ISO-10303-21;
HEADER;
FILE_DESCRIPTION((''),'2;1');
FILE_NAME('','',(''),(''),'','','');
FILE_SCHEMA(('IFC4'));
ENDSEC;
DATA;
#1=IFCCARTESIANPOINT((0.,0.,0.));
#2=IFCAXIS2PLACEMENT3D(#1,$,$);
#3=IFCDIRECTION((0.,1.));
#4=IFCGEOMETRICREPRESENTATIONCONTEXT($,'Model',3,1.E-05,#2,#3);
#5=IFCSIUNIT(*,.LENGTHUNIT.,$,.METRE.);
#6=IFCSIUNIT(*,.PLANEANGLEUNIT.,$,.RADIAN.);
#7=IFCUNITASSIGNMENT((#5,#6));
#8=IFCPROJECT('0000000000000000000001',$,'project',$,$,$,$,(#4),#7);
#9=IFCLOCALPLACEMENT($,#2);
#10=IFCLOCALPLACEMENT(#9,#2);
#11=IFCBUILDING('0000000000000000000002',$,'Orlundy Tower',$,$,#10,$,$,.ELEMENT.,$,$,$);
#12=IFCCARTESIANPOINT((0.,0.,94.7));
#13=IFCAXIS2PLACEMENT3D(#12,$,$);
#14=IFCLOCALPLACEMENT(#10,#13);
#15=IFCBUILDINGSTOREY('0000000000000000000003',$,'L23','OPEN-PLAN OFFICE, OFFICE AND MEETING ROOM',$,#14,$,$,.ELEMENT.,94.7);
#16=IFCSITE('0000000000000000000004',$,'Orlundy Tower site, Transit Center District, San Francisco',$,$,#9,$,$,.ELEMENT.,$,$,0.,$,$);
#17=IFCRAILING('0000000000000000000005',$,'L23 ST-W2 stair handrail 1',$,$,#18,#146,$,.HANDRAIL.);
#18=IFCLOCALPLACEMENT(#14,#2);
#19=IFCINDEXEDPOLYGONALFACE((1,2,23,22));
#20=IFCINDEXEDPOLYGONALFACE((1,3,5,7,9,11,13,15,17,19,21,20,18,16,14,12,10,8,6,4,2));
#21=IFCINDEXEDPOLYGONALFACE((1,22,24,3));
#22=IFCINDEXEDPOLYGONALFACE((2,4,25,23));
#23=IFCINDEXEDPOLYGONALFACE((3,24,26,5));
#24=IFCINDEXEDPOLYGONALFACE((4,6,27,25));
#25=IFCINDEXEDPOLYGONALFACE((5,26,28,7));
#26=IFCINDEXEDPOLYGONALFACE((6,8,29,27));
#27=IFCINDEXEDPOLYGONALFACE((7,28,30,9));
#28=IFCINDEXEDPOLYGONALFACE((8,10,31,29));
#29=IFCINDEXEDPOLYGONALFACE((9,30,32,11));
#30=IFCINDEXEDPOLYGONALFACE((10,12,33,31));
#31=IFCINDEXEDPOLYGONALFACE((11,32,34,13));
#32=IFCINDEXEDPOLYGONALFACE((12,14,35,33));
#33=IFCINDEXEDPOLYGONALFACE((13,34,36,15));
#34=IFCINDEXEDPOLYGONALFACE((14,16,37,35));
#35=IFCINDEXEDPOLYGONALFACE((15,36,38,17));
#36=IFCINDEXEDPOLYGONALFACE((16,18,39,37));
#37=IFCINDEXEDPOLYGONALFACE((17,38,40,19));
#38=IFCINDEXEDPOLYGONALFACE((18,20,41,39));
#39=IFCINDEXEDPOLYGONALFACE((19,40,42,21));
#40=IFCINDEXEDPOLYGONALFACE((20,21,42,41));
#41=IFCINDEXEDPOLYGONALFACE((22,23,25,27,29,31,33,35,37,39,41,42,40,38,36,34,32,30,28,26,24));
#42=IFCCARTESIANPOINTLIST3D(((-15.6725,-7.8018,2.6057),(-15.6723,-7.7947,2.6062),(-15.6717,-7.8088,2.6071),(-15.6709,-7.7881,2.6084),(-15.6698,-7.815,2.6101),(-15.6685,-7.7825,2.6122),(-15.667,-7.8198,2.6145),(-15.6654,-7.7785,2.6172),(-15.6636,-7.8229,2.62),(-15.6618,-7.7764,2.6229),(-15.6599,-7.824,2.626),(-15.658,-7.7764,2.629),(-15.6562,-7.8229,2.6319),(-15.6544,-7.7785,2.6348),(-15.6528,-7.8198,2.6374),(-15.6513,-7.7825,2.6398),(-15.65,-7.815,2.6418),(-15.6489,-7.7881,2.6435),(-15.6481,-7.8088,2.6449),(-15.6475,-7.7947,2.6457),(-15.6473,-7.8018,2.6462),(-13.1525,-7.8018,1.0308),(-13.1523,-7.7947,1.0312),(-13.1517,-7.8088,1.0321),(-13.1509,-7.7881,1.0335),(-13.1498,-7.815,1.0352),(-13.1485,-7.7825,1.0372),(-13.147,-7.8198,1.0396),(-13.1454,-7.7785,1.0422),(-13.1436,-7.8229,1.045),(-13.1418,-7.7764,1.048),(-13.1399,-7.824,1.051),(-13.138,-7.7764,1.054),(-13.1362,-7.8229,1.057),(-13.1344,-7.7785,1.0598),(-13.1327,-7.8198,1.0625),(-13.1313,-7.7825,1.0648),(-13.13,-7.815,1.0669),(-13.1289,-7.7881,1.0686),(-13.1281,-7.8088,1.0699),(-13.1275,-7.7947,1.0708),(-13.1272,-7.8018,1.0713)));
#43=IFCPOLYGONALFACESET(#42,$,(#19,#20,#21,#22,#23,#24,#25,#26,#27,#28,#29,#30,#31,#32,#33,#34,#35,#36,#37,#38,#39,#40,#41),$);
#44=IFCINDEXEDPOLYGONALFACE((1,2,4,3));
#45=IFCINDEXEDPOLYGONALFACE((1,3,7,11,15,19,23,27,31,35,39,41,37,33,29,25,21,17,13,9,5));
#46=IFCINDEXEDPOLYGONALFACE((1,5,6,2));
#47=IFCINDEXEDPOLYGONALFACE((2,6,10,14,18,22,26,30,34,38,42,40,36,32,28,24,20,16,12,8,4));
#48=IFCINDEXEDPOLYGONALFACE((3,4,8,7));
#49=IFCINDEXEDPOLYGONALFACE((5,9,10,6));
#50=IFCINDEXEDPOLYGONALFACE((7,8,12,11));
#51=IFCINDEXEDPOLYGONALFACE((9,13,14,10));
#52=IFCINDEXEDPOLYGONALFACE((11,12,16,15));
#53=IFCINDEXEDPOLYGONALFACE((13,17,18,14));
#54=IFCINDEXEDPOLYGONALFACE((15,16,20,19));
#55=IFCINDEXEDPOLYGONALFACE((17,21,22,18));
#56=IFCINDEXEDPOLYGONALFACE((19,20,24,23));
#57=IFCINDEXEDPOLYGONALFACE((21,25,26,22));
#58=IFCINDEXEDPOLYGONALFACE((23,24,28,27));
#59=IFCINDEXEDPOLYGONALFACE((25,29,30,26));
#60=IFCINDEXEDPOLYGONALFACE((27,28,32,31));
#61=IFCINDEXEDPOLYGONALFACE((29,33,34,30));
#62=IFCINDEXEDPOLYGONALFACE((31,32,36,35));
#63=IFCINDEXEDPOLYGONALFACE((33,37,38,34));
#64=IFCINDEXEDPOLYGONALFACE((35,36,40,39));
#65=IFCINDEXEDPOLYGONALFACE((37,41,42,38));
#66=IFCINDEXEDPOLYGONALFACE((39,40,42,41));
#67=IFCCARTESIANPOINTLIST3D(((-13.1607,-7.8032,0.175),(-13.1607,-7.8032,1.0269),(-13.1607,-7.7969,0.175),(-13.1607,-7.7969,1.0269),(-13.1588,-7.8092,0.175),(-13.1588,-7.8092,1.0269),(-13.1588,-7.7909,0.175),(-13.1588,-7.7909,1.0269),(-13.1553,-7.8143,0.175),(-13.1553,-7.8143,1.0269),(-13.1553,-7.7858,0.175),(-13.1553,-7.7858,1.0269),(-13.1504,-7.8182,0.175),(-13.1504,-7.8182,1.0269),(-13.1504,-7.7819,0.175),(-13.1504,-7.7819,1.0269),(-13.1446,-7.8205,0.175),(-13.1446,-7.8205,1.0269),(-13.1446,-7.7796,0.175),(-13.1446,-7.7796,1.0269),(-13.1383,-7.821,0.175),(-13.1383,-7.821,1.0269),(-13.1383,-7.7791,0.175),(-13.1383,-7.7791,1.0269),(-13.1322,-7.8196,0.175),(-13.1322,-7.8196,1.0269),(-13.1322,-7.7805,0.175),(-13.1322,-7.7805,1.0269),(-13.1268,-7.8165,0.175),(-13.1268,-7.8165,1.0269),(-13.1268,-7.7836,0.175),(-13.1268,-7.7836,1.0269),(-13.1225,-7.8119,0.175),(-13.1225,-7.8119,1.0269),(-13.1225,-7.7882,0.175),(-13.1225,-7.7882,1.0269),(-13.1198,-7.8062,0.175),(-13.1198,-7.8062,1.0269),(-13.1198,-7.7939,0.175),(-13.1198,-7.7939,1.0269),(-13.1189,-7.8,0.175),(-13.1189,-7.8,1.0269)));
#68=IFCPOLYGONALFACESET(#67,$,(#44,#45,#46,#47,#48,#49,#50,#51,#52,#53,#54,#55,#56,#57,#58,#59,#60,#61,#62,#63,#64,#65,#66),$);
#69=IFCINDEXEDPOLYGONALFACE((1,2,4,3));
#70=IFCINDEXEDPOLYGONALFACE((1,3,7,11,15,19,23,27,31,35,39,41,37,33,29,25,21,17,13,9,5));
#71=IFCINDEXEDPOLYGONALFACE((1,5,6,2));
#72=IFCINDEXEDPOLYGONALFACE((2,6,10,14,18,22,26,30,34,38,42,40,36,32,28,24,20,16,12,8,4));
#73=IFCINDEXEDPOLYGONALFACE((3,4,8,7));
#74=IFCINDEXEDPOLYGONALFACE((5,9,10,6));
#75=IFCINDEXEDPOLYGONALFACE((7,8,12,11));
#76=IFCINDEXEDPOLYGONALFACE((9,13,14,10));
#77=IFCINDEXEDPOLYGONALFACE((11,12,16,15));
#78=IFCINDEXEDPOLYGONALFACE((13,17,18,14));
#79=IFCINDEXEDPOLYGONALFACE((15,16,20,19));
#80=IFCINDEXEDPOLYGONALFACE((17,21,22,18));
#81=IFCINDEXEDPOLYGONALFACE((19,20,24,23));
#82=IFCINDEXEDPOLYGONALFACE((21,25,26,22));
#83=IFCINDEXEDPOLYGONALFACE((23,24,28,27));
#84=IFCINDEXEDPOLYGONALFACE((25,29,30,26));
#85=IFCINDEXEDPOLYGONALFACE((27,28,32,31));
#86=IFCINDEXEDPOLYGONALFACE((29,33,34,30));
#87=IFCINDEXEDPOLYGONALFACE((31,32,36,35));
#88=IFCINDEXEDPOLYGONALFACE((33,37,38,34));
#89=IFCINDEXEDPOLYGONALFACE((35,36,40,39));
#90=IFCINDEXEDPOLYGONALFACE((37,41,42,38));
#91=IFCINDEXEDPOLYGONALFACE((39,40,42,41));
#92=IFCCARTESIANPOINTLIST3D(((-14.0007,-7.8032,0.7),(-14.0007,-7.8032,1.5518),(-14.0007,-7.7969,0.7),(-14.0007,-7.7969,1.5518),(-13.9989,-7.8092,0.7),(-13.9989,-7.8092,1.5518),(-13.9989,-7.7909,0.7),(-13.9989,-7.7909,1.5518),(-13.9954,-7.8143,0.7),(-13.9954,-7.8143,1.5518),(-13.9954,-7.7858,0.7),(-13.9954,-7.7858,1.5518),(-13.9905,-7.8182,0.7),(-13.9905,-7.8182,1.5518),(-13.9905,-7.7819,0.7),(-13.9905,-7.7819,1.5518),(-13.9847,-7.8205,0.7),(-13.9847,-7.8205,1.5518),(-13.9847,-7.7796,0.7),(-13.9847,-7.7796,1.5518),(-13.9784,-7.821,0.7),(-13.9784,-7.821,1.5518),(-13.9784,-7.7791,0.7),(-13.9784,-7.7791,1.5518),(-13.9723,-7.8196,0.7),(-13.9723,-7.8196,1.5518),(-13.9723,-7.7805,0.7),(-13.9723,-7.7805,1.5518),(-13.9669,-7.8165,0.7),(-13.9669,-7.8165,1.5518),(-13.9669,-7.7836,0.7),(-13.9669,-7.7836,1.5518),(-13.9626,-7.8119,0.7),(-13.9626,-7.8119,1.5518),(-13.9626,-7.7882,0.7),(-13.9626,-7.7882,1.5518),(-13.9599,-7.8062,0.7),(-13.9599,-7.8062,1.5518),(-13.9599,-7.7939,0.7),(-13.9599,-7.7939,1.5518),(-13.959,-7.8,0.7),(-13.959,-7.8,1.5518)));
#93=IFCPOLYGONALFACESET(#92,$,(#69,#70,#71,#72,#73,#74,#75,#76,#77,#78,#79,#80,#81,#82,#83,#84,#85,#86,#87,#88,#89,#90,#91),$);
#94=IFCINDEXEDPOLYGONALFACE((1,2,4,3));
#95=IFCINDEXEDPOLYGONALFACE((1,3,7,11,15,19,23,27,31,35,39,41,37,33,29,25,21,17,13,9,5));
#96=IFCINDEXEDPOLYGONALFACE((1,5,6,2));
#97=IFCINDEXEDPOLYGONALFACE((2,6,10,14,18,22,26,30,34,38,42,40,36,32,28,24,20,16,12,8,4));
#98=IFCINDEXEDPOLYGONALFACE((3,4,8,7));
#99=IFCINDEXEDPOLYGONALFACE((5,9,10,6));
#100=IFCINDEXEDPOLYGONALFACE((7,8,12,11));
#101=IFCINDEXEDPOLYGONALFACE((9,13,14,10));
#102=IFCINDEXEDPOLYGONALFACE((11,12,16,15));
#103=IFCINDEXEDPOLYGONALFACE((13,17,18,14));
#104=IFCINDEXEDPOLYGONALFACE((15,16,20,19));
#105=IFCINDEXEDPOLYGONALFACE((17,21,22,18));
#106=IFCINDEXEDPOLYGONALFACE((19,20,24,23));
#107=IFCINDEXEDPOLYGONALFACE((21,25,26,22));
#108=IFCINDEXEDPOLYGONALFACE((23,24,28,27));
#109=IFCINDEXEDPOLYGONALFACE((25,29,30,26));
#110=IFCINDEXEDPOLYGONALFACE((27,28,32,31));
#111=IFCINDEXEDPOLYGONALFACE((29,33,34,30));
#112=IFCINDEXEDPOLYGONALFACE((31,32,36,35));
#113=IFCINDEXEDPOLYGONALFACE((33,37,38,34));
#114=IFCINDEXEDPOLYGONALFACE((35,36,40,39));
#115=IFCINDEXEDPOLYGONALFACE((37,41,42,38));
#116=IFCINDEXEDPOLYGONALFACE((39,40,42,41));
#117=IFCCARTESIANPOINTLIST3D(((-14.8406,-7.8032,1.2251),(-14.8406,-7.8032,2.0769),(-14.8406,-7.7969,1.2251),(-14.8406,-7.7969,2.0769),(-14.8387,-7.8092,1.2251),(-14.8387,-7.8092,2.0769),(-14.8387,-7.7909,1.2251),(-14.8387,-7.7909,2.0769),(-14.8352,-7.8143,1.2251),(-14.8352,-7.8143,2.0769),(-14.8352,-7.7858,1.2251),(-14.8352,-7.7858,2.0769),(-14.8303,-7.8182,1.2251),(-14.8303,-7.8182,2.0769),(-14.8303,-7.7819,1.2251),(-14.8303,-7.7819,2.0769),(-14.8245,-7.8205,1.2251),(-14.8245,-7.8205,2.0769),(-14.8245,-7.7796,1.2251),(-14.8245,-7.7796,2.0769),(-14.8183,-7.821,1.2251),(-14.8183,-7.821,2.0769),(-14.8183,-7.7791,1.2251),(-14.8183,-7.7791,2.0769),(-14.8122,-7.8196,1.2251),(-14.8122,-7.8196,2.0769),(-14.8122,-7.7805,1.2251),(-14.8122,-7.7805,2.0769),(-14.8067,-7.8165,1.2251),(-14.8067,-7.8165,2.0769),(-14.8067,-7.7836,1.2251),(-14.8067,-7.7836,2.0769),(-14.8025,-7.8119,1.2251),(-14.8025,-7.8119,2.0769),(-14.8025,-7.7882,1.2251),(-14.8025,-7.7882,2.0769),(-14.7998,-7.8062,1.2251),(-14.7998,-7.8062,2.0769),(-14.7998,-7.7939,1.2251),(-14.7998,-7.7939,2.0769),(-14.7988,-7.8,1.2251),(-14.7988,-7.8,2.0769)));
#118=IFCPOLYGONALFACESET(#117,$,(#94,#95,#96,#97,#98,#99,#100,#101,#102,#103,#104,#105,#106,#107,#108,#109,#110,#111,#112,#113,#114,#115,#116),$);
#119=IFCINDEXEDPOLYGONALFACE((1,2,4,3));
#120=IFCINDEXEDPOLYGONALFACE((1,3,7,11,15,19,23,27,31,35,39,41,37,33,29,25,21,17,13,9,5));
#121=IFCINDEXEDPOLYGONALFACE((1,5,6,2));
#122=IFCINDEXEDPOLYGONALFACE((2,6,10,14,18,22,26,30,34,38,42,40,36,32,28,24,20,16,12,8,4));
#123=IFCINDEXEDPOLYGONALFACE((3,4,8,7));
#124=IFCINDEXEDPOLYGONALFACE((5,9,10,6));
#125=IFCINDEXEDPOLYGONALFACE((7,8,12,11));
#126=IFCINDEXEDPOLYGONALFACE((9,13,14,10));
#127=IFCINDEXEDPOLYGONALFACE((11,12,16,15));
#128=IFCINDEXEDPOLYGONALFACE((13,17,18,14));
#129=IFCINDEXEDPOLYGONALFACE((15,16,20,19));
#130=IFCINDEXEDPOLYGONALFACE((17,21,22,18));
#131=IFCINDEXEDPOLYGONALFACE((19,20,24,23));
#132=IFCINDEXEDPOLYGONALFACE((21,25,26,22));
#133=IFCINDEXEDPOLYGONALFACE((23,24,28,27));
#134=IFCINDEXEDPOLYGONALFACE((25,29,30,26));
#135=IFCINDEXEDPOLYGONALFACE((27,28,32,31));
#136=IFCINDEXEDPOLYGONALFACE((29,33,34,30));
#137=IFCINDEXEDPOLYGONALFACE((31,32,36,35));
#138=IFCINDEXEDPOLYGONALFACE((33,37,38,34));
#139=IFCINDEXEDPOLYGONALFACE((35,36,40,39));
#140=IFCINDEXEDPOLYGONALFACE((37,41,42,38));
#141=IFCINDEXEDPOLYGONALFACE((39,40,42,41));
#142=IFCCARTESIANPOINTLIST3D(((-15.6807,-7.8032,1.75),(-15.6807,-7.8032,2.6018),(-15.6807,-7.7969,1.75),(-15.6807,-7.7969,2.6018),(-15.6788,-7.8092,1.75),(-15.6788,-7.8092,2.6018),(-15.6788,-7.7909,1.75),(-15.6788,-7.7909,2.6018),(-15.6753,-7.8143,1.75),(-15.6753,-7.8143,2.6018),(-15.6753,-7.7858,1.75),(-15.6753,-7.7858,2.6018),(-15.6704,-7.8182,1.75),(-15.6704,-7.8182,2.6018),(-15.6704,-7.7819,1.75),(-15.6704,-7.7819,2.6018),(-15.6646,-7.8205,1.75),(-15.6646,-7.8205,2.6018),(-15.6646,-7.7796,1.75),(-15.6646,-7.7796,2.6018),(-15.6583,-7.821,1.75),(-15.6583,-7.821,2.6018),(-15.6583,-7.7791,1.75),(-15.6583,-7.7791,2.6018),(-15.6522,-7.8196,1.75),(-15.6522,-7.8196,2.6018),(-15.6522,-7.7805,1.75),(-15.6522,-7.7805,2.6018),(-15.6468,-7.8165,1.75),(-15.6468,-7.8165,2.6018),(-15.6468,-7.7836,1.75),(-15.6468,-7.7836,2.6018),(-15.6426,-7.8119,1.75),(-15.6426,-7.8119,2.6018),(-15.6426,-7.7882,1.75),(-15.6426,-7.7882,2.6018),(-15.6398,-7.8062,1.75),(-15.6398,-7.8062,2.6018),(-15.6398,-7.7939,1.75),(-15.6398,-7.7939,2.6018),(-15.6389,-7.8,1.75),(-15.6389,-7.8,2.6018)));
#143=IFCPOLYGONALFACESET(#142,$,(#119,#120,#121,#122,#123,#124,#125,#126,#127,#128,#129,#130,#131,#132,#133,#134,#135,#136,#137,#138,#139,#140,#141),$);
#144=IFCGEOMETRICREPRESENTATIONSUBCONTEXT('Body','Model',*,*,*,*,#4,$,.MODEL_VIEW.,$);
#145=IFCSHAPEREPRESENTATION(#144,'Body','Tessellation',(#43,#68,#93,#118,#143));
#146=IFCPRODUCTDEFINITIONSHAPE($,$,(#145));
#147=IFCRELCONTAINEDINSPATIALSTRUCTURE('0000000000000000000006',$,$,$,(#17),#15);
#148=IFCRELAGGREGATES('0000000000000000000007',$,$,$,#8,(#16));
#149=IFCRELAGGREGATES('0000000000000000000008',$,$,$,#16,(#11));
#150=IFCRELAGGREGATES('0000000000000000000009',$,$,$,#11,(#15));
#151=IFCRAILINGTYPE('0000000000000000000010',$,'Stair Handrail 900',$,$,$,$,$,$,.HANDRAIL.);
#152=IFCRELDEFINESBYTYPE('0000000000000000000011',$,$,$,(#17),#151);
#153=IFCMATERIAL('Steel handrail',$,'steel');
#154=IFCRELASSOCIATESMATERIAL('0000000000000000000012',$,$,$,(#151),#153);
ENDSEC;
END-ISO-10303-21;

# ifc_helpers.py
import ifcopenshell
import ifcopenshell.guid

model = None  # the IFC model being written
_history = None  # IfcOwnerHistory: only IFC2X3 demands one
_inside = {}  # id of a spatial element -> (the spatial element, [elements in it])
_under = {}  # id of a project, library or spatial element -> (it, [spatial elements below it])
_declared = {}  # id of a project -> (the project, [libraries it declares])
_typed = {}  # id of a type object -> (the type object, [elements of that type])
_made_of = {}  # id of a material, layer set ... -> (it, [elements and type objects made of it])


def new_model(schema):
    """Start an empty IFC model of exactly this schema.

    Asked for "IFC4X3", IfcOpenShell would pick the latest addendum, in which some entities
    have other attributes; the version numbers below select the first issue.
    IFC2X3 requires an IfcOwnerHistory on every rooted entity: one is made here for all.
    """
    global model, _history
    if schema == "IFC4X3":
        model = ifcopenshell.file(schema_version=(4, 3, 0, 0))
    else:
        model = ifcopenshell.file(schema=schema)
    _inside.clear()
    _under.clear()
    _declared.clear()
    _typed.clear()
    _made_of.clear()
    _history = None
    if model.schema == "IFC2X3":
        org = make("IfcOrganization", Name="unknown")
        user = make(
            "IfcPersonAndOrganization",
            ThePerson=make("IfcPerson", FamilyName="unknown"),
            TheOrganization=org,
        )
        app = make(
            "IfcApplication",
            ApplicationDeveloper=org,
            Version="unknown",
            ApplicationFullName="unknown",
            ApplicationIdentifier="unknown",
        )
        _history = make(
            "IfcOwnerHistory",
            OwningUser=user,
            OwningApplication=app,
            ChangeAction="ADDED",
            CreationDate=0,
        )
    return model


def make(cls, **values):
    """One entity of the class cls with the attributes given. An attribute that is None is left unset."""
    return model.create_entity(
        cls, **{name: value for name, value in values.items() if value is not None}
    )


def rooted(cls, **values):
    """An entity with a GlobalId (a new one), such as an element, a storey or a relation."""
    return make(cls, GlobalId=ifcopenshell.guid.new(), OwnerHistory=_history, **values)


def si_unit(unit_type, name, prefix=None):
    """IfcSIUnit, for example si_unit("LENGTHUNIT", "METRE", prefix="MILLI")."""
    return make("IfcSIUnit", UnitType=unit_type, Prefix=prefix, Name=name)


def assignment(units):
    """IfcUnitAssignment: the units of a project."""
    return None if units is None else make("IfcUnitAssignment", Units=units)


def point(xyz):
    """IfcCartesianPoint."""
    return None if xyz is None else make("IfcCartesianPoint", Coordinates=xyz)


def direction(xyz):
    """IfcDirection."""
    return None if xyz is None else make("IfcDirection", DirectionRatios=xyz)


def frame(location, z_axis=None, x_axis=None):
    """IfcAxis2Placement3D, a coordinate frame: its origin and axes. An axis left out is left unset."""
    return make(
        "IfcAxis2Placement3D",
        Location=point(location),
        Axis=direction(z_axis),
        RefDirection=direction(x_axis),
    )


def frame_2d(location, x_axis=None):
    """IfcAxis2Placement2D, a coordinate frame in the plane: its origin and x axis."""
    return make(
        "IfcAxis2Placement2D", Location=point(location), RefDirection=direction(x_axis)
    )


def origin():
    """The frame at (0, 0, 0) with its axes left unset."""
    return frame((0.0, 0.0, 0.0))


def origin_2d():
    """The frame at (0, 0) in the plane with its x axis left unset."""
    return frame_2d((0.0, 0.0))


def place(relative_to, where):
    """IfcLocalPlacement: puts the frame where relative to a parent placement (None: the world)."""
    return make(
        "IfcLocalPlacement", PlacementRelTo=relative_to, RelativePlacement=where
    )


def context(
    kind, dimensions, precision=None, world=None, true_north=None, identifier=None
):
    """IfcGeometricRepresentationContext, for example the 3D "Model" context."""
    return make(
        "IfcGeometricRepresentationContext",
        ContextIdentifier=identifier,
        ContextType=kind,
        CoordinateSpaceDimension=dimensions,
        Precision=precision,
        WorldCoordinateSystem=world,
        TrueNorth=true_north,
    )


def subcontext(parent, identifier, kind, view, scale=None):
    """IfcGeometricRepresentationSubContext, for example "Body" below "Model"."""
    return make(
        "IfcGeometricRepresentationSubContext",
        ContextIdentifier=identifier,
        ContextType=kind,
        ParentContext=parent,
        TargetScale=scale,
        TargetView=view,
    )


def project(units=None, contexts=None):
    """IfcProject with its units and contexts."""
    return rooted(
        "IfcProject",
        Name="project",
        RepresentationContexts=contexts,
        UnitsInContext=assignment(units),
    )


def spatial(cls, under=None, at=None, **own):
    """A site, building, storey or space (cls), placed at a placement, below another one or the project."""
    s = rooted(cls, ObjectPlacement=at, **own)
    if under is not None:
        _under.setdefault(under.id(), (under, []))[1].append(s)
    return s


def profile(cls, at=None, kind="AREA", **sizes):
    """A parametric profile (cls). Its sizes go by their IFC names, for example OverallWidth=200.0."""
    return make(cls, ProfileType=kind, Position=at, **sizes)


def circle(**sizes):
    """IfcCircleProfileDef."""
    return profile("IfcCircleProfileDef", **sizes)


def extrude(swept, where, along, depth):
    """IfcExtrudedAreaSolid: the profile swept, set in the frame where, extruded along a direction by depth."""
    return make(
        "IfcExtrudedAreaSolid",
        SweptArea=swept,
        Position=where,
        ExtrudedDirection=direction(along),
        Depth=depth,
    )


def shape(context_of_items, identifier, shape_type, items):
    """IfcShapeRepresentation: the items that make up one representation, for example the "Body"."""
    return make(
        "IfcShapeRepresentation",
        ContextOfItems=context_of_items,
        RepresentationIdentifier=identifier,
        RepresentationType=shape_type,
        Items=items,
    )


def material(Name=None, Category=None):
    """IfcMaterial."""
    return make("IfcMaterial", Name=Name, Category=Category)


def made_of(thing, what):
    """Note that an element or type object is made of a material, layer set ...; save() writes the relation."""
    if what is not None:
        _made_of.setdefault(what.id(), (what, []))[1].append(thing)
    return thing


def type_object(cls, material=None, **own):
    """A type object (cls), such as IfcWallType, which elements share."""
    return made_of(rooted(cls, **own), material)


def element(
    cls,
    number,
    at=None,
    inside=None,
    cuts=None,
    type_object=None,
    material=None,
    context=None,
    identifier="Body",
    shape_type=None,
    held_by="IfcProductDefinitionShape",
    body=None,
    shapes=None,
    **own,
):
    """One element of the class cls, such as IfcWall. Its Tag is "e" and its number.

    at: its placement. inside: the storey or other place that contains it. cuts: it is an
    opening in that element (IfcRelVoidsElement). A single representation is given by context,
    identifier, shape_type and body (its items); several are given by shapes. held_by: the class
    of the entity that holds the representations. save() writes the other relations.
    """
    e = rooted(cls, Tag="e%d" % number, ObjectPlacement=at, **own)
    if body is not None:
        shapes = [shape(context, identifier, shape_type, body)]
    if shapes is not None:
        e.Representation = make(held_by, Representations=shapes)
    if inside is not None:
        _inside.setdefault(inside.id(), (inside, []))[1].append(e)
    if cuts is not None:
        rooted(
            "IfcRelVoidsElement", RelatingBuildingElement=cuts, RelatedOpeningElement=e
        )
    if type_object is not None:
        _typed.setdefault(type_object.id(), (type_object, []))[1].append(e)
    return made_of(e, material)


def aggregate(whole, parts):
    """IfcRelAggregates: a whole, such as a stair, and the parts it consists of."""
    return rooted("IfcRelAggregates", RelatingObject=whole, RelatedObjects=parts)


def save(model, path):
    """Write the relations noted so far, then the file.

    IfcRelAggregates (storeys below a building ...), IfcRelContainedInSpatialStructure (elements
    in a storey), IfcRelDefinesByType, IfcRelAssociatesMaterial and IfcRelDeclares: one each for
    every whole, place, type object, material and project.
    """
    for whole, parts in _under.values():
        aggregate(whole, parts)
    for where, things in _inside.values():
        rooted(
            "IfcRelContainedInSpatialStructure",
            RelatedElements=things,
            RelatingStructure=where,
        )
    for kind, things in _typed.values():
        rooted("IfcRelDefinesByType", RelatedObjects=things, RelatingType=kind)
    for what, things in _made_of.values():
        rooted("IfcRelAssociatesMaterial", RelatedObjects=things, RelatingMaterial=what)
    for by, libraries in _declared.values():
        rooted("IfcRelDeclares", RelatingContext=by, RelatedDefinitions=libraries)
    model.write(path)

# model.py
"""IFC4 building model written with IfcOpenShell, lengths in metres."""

from ifc_helpers import new_model, si_unit, direction, frame, origin, origin_2d, place, context, subcontext, project, spatial, circle, extrude, material, type_object, element, save


model = new_model("IFC4")

# Units and contexts
model_context = context("Model", 3, precision=1e-05, world=origin(), true_north=direction((0.0, 1.0)))
body_context = subcontext(model_context, "Body", "Model", "MODEL_VIEW")
ifc_project = project(units=[si_unit("LENGTHUNIT", "METRE"), si_unit("PLANEANGLEUNIT", "RADIAN")], contexts=[model_context])

# Site, building, storey
site_placement = place(None, origin())
site = spatial("IfcSite", under=ifc_project, at=site_placement, Name="Orlundy Tower site, Transit Center District, San Francisco", CompositionType="ELEMENT", RefElevation=0.0)
building_placement = place(site_placement, origin())
building = spatial("IfcBuilding", under=site, at=building_placement, Name="Orlundy Tower", CompositionType="ELEMENT")
storey_placement = place(building_placement, frame((0.0, 0.0, 94.7)))
storey = spatial("IfcBuildingStorey", under=building, at=storey_placement, Name="L23", Description="OPEN-PLAN OFFICE, OFFICE AND MEETING ROOM", CompositionType="ELEMENT", Elevation=94.7)

# Railing
ifc_material_1 = material(Name="Steel handrail", Category="steel")
railing_type_1 = type_object("IfcRailingType", Name="Stair Handrail 900", PredefinedType="HANDRAIL", material=ifc_material_1)
railing_1_placement = place(storey_placement, frame((-13.1399, -7.8, 0.175)))
element("IfcRailing", 1, at=railing_1_placement, inside=storey, type_object=railing_type_1, Name="L23 ST-W2 stair handrail 1", PredefinedType="HANDRAIL", context=body_context, shape_type="SweptSolid", body=[
    extrude(circle(Radius=0.0239, at=origin_2d()), frame((0.0, 0.0, 0.876), z_axis=(-0.848008, 0.0, 0.529984), x_axis=(0.0, -1.0, 0.0)), (0.0, 0.0, 1.0), 2.9717),
    extrude(circle(Radius=0.021, at=origin_2d()), origin(), (0.0, 0.0, 1.0), 0.8518),
    extrude(circle(Radius=0.021, at=origin_2d()), frame((-0.8401, 0.0, 0.5249)), (0.0, 0.0, 1.0), 0.8518),
    extrude(circle(Radius=0.021, at=origin_2d()), frame((-1.6799, 0.0, 1.05)), (0.0, 0.0, 1.0), 0.8518),
    extrude(circle(Radius=0.021, at=origin_2d()), frame((-2.52, 0.0, 1.575)), (0.0, 0.0, 1.0), 0.8518),
])

save(model, "model.ifc")
